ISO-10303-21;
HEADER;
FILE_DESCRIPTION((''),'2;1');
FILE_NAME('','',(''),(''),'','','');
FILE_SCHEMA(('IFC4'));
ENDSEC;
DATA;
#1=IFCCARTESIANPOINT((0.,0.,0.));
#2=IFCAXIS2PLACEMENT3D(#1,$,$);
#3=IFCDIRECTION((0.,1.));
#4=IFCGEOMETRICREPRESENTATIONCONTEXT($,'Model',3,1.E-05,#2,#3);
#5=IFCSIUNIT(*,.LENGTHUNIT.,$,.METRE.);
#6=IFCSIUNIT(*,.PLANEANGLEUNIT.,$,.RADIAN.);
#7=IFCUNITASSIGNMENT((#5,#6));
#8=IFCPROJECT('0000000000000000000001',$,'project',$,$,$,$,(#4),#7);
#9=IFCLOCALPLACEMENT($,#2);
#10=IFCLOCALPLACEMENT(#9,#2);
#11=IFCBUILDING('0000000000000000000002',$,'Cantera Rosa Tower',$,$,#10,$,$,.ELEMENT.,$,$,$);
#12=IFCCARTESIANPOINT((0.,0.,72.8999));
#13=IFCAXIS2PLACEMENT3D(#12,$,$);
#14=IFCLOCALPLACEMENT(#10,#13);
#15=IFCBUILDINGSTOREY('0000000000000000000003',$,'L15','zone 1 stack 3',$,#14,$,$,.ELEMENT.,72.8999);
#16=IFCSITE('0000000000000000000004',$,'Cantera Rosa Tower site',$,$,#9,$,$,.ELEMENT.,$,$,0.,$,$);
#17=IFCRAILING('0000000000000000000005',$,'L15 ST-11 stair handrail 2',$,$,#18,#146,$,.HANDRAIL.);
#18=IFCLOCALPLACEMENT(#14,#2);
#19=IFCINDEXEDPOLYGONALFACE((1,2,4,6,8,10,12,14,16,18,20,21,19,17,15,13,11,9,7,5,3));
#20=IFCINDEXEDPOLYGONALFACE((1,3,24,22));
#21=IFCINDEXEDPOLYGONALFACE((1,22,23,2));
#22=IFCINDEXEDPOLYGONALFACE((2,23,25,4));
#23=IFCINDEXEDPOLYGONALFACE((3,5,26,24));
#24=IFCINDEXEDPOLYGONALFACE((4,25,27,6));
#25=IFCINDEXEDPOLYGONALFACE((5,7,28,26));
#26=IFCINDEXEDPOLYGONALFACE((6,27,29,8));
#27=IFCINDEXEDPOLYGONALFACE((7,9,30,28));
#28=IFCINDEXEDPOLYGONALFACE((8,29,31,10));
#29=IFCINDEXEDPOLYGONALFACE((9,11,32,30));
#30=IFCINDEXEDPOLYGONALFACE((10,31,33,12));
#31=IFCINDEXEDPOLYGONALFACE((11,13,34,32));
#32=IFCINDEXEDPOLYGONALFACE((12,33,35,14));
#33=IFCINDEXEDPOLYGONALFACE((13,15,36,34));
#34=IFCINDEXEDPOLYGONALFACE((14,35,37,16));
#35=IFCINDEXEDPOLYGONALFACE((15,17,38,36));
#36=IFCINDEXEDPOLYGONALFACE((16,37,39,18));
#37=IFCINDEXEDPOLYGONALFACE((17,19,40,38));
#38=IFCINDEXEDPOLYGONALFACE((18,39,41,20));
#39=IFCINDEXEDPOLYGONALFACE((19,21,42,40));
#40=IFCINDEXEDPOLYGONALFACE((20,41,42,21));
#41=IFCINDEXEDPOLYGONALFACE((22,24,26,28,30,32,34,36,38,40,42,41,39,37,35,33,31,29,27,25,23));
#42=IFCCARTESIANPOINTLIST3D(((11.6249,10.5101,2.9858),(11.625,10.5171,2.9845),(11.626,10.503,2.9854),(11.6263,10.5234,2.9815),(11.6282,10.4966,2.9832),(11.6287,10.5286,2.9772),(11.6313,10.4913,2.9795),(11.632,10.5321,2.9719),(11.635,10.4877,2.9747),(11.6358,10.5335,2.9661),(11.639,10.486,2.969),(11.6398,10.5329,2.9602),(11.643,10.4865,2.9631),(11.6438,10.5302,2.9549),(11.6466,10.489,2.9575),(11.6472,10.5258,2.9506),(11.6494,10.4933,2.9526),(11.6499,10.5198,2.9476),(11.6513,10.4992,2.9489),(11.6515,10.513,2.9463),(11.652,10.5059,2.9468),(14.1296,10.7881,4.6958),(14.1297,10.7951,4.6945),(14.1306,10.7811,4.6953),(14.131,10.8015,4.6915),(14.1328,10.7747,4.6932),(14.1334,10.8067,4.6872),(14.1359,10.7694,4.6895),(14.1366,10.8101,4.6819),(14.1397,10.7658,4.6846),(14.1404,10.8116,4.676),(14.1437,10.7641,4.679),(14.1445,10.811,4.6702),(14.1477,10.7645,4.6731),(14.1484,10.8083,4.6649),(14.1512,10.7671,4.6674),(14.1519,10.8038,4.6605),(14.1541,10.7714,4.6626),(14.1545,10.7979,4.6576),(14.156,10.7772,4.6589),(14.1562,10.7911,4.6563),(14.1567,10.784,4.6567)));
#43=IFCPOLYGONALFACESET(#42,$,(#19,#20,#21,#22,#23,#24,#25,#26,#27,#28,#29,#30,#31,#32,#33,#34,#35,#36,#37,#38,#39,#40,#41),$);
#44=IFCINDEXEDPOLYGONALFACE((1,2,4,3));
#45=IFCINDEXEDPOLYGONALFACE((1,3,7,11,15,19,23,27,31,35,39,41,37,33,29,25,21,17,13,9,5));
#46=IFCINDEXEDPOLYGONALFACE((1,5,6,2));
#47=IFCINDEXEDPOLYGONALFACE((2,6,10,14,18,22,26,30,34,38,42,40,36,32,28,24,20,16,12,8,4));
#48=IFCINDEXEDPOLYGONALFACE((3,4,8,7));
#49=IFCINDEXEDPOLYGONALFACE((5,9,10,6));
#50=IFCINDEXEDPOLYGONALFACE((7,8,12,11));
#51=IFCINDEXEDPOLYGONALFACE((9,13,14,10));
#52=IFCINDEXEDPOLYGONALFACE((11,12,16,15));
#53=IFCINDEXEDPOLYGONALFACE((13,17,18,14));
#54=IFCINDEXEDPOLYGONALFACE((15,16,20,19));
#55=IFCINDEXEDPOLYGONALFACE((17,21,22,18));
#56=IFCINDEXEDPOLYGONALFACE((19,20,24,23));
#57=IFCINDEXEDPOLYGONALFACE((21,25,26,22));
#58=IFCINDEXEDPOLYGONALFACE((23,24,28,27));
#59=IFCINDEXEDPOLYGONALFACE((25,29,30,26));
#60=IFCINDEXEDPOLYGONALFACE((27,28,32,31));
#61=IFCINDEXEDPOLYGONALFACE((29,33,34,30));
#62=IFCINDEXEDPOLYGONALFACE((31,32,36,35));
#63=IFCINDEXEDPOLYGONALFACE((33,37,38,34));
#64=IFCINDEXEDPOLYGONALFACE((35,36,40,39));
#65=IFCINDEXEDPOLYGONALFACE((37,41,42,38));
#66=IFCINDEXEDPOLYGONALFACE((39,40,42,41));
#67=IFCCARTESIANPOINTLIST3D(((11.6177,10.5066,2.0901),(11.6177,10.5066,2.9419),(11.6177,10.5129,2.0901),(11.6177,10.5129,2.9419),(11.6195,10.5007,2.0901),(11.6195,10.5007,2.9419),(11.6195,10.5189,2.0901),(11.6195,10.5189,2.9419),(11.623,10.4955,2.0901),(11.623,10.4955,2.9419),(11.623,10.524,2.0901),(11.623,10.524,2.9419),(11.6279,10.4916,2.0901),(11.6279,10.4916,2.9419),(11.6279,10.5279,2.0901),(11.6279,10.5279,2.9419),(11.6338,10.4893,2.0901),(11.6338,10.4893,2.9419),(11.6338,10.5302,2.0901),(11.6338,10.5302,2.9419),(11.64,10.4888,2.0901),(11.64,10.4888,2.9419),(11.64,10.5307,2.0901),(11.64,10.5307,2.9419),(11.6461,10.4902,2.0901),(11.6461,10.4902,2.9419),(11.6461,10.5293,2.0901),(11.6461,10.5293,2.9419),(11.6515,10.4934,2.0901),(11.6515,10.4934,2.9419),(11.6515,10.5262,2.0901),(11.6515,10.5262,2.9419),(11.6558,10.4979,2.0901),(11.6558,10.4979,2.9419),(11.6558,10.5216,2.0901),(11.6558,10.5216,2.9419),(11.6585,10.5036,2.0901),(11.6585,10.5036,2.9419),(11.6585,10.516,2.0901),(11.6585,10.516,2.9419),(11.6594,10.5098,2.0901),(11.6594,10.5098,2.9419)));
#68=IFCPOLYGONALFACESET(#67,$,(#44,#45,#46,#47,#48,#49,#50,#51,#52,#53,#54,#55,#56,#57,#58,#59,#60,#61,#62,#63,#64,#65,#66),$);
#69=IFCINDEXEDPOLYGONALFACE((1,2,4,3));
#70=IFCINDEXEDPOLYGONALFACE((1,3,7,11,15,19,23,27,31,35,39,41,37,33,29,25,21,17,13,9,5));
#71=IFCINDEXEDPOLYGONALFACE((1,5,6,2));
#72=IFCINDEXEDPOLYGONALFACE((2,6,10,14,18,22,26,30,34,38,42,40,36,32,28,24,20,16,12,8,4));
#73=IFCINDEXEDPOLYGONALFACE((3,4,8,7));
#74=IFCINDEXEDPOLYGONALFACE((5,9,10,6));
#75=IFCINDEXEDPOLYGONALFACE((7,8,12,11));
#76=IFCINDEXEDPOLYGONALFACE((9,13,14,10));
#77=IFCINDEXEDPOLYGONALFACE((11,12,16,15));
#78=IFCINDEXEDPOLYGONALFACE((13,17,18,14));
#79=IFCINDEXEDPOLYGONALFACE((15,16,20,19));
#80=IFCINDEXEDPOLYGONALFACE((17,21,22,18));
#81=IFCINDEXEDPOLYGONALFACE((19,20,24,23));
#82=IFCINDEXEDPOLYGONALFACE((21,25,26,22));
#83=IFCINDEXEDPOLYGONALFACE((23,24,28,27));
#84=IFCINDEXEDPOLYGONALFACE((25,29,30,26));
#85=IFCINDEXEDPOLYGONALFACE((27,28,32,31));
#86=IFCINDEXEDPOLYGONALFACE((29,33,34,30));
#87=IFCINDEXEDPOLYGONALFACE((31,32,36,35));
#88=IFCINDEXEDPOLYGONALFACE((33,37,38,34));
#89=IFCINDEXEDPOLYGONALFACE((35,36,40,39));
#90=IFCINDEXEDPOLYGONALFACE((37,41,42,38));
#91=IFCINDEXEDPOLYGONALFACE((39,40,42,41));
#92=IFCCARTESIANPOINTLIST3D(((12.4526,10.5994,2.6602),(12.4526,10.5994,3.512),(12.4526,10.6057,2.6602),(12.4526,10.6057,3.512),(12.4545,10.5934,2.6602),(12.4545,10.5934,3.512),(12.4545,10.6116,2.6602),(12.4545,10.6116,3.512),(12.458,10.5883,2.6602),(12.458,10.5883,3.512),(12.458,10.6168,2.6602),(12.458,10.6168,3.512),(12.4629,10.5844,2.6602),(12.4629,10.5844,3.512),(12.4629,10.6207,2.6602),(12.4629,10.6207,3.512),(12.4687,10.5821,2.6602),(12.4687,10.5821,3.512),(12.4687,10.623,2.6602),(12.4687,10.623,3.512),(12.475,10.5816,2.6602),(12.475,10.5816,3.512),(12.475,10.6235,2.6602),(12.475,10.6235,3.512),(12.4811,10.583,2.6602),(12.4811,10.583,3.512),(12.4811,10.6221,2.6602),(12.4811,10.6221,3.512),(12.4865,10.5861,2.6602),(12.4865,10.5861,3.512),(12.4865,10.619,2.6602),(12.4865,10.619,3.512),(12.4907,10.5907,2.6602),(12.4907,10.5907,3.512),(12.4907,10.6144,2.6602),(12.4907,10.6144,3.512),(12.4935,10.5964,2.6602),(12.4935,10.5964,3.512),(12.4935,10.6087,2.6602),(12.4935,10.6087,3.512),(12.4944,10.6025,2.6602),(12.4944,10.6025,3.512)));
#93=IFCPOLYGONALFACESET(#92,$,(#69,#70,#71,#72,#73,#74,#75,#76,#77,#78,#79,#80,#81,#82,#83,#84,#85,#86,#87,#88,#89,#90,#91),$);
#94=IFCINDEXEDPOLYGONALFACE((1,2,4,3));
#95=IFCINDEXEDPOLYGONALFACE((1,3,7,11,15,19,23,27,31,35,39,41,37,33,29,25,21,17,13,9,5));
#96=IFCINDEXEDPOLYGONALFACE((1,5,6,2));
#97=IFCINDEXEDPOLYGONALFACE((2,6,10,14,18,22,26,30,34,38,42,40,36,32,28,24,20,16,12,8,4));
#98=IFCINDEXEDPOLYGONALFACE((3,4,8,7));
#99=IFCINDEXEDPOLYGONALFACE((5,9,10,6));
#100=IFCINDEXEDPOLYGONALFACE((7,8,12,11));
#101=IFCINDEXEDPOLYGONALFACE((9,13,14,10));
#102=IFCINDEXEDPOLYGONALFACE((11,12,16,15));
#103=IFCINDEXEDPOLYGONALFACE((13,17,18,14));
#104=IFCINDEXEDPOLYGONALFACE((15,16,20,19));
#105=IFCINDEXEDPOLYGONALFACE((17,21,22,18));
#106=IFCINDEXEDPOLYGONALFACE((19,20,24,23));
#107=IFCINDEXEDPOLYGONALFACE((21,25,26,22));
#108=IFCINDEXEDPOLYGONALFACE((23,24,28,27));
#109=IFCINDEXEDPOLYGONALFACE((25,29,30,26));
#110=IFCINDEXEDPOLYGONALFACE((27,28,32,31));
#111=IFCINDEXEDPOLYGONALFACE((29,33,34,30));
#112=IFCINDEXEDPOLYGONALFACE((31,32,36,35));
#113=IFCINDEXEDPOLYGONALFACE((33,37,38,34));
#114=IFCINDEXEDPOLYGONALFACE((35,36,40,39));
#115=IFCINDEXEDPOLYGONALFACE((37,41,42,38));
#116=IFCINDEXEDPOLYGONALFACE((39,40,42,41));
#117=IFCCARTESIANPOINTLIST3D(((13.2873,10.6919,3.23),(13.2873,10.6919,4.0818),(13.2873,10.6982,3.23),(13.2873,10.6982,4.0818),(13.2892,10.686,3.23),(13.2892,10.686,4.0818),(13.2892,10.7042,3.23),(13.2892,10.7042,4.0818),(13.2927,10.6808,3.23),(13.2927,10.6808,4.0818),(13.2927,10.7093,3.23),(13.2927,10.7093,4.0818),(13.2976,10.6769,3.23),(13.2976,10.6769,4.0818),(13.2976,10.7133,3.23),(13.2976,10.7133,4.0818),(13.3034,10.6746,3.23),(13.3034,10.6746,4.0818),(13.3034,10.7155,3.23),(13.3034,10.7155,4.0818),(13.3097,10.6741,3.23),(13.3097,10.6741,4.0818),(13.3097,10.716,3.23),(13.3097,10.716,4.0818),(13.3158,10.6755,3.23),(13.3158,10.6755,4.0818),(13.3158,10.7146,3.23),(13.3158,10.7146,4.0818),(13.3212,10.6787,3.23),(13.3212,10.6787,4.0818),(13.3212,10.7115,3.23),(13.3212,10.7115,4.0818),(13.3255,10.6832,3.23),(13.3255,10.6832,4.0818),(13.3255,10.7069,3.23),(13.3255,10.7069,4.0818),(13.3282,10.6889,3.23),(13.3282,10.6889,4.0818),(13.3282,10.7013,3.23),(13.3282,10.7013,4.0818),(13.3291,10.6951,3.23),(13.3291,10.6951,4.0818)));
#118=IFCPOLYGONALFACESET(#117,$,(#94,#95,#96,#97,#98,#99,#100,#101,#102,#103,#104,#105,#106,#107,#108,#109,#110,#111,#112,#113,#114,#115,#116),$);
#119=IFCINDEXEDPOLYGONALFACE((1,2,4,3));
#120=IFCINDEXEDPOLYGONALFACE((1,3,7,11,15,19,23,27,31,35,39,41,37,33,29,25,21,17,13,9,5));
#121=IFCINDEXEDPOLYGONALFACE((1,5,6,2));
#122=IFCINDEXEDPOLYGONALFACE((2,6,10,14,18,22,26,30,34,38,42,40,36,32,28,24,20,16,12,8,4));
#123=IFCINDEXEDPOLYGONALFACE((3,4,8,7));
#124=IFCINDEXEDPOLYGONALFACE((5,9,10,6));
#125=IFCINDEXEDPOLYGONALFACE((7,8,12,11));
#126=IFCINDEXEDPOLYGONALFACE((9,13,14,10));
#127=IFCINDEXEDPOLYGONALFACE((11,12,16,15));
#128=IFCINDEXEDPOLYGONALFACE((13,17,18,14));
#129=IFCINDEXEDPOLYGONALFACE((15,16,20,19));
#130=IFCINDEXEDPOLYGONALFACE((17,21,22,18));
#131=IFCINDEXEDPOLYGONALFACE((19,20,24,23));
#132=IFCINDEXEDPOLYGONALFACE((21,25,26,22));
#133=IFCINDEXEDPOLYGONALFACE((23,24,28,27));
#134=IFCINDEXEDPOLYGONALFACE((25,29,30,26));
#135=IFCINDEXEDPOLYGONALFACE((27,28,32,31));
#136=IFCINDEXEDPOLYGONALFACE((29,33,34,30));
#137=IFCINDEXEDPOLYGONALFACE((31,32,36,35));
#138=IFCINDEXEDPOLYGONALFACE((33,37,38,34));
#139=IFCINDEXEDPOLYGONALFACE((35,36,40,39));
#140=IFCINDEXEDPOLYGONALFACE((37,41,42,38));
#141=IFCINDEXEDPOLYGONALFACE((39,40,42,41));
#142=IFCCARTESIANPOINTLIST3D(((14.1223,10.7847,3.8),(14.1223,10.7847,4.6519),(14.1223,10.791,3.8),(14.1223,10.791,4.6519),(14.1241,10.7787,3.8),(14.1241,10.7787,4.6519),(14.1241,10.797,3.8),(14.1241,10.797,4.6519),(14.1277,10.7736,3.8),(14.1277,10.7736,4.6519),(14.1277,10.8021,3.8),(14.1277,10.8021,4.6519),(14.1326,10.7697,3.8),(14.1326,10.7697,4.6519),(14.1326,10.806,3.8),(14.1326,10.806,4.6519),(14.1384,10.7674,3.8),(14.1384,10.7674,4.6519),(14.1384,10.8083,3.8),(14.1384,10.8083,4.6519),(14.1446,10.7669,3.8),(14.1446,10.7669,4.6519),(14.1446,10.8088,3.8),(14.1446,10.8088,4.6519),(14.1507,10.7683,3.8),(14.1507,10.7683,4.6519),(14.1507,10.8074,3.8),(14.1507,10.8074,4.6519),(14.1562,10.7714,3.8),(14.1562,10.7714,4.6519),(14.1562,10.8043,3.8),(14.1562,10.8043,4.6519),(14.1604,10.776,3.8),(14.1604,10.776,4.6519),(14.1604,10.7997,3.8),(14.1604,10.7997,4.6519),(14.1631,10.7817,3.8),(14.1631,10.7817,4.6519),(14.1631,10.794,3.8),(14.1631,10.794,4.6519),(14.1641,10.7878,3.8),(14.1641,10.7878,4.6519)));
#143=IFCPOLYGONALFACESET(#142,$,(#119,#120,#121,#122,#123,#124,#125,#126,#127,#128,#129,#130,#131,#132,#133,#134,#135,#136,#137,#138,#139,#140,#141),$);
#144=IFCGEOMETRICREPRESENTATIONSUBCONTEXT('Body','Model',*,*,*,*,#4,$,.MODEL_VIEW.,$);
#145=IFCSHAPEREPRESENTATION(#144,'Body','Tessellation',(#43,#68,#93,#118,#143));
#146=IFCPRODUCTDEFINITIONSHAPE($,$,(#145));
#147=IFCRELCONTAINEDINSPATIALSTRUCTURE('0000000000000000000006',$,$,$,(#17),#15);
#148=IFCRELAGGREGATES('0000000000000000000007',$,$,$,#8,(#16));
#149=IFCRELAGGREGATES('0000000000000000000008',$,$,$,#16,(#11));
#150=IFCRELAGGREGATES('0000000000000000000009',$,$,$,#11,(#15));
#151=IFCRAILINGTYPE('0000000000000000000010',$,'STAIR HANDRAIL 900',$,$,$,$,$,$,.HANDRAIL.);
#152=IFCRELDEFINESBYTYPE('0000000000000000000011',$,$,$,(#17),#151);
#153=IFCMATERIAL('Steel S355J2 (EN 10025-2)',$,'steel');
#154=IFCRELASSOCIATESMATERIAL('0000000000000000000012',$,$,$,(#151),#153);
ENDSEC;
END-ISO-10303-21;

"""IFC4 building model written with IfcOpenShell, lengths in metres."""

from ifc_helpers import new_model, si_unit, direction, frame, origin, origin_2d, place, context, subcontext, project, spatial, circle, extrude, material, type_object, element, save


model = new_model("IFC4")

# Units and contexts
model_context = context("Model", 3, precision=1e-05, world=origin(), true_north=direction((0.0, 1.0)))
body_context = subcontext(model_context, "Body", "Model", "MODEL_VIEW")
ifc_project = project(units=[si_unit("LENGTHUNIT", "METRE"), si_unit("PLANEANGLEUNIT", "RADIAN")], contexts=[model_context])

# Site, building, storey
site_placement = place(None, origin())
site = spatial("IfcSite", under=ifc_project, at=site_placement, Name="Cantera Rosa Tower site", CompositionType="ELEMENT", RefElevation=0.0)
building_placement = place(site_placement, origin())
building = spatial("IfcBuilding", under=site, at=building_placement, Name="Cantera Rosa Tower", CompositionType="ELEMENT")
storey_placement = place(building_placement, frame((0.0, 0.0, 72.8999)))
storey = spatial("IfcBuildingStorey", under=building, at=storey_placement, Name="L15", Description="zone 1 stack 3", CompositionType="ELEMENT", Elevation=72.8999)

# Railing
ifc_material_1 = material(Name="Steel S355J2 (EN 10025-2)", Category="steel")
railing_type_1 = type_object("IfcRailingType", Name="STAIR HANDRAIL 900", PredefinedType="HANDRAIL", material=ifc_material_1)
railing_1_placement = place(storey_placement, frame((11.6384, 10.5098, 2.0901)))
element("IfcRailing", 1, at=railing_1_placement, inside=storey, type_object=railing_type_1, Name="L15 ST-11 stair handrail 2", PredefinedType="HANDRAIL", context=body_context, shape_type="SweptSolid", body=[
    extrude(circle(Radius=0.0239, at=origin_2d()), frame((0.0, 0.0, 0.876), z_axis=(0.822431, 0.09131, 0.561488), x_axis=(-0.110346, 0.993893, 0.0)), (0.0, 0.0, 1.0), 3.0454),
    extrude(circle(Radius=0.021, at=origin_2d()), origin(), (0.0, 0.0, 1.0), 0.8518),
    extrude(circle(Radius=0.021, at=origin_2d()), frame((0.835, 0.0928, 0.5701)), (0.0, 0.0, 1.0), 0.8518),
    extrude(circle(Radius=0.021, at=origin_2d()), frame((1.6697, 0.1853, 1.1399)), (0.0, 0.0, 1.0), 0.8518),
    extrude(circle(Radius=0.021, at=origin_2d()), frame((2.5046, 0.2781, 1.71)), (0.0, 0.0, 1.0), 0.8518),
])

save(model, "model.ifc")
